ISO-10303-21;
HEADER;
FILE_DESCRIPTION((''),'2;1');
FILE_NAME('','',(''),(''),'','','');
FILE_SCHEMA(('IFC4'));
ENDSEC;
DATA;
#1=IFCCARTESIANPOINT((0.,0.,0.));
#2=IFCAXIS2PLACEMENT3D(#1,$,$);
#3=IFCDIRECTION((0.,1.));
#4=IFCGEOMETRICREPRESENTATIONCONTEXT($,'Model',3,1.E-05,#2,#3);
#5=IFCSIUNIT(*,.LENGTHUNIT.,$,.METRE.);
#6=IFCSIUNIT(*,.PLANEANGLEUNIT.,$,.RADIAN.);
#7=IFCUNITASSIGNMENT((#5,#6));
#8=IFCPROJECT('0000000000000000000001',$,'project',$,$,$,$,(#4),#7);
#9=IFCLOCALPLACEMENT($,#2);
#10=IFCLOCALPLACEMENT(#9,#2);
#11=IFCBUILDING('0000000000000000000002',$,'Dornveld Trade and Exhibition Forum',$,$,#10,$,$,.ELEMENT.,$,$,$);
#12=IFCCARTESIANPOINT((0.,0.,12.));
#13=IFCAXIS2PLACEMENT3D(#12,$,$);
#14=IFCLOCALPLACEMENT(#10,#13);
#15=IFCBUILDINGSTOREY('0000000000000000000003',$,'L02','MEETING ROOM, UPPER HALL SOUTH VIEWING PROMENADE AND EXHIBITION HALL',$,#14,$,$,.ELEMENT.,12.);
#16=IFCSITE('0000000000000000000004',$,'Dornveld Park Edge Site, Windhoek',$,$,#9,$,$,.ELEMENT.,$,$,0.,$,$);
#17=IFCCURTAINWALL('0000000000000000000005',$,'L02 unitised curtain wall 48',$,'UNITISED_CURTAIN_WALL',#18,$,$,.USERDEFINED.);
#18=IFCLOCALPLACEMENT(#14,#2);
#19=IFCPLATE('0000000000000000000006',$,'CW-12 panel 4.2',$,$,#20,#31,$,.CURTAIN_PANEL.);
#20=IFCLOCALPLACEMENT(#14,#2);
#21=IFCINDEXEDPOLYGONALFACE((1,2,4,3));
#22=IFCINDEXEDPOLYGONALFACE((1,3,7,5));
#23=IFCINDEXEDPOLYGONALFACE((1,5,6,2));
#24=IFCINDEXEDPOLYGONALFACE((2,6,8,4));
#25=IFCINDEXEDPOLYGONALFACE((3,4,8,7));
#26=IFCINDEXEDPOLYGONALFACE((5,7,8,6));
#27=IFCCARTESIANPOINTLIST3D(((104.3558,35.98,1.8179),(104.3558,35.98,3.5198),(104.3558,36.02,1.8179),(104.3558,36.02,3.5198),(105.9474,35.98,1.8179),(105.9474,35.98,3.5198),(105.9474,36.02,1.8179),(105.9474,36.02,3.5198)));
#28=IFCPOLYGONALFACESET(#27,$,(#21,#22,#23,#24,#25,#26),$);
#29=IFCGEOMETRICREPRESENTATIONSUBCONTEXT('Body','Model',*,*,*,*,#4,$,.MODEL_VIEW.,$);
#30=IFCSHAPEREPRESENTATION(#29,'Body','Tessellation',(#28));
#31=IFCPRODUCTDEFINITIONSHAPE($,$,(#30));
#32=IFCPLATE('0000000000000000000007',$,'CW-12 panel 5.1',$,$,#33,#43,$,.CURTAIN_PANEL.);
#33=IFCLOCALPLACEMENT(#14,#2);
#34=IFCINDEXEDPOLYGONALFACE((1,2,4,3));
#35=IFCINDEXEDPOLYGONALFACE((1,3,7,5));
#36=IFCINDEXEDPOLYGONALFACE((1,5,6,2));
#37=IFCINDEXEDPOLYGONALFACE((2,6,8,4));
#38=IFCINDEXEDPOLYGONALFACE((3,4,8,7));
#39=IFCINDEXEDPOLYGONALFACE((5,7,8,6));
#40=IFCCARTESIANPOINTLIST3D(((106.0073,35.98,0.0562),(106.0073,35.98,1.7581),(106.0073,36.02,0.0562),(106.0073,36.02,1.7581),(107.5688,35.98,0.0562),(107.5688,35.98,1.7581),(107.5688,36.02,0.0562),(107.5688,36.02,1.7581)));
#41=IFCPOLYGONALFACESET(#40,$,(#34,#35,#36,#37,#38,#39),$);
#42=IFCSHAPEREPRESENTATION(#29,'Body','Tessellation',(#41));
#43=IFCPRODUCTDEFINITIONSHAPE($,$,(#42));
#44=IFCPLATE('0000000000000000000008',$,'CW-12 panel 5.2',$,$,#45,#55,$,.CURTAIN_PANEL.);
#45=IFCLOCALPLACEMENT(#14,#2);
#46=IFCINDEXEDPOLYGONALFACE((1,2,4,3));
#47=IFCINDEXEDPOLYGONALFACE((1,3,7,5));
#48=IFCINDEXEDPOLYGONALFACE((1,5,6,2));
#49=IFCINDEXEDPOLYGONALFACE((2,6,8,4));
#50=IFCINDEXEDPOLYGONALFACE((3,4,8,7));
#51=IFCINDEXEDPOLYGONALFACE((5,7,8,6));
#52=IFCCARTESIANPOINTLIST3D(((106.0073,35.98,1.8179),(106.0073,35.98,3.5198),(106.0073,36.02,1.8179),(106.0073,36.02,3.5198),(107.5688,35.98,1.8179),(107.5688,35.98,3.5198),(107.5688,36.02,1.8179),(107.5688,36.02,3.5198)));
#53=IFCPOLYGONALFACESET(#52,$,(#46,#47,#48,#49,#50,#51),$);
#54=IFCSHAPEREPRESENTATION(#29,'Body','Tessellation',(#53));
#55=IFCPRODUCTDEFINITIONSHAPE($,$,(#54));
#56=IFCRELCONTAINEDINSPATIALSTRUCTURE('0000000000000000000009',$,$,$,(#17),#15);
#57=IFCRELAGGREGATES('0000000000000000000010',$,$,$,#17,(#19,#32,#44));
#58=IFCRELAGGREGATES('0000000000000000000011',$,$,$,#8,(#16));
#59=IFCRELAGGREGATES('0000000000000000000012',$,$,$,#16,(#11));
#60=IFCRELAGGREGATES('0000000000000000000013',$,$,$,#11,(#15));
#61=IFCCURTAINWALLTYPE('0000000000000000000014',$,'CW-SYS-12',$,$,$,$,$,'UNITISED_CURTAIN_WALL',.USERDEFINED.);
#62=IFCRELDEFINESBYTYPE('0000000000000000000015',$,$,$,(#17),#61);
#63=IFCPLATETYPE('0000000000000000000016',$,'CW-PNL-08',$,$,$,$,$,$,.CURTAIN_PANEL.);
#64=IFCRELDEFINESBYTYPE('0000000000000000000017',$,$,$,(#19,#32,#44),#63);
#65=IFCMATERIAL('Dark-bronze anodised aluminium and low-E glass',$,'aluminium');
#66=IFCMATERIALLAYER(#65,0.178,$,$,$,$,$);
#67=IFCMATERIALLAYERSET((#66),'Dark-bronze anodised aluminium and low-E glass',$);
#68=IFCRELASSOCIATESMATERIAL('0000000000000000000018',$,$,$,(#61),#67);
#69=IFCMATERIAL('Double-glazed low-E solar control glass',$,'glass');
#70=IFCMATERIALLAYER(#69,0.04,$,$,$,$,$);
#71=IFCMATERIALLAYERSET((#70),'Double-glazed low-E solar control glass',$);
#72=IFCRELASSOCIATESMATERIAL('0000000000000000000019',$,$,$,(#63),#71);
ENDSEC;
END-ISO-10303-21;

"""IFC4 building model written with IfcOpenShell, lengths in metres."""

from ifc_helpers import new_model, si_unit, direction, frame, origin, origin_2d, place, context, subcontext, project, spatial, rectangle, extrude, material, layer, layer_set, type_object, element, aggregate, save


model = new_model("IFC4")

# Units and contexts
model_context = context("Model", 3, precision=1e-05, world=origin(), true_north=direction((0.0, 1.0)))
body_context = subcontext(model_context, "Body", "Model", "MODEL_VIEW")
ifc_project = project(units=[si_unit("LENGTHUNIT", "METRE"), si_unit("PLANEANGLEUNIT", "RADIAN")], contexts=[model_context])

# Site, building, storey
site_placement = place(None, origin())
site = spatial("IfcSite", under=ifc_project, at=site_placement, Name="Dornveld Park Edge Site, Windhoek", CompositionType="ELEMENT", RefElevation=0.0)
building_placement = place(site_placement, origin())
building = spatial("IfcBuilding", under=site, at=building_placement, Name="Dornveld Trade and Exhibition Forum", CompositionType="ELEMENT")
storey_placement = place(building_placement, frame((0.0, 0.0, 12.0)))
storey = spatial("IfcBuildingStorey", under=building, at=storey_placement, Name="L02", Description="MEETING ROOM, UPPER HALL SOUTH VIEWING PROMENADE AND EXHIBITION HALL", CompositionType="ELEMENT", Elevation=12.0)

# Curtain wall
ifc_material_1 = material(Name="Dark-bronze anodised aluminium and low-E glass", Category="aluminium")
ifc_layer_1 = layer(ifc_material_1, 0.178)
ifc_layer_set_1 = layer_set([ifc_layer_1], Name="Dark-bronze anodised aluminium and low-E glass")
curtain_wall_type_1 = type_object("IfcCurtainWallType", Name="CW-SYS-12", ElementType="UNITISED_CURTAIN_WALL", PredefinedType="USERDEFINED", material=ifc_layer_set_1)
curtain_wall_1_placement = place(storey_placement, origin())
curtain_wall_1 = element("IfcCurtainWall", 1, at=curtain_wall_1_placement, inside=storey, type_object=curtain_wall_type_1, Name="L02 unitised curtain wall 48", ObjectType="UNITISED_CURTAIN_WALL", PredefinedType="USERDEFINED")

# Plates
ifc_material_2 = material(Name="Double-glazed low-E solar control glass", Category="glass")
ifc_layer_2 = layer(ifc_material_2, 0.04)
ifc_layer_set_2 = layer_set([ifc_layer_2], Name="Double-glazed low-E solar control glass")
plate_type_1 = type_object("IfcPlateType", Name="CW-PNL-08", PredefinedType="CURTAIN_PANEL", material=ifc_layer_set_2)
plate_1_placement = place(storey_placement, frame((105.1516, 36.0, 1.8179), z_axis=(0.0, 0.0, 1.0), x_axis=(1.0, 0.0, 0.0)))
plate_1 = element("IfcPlate", 2, at=plate_1_placement, type_object=plate_type_1, Name="CW-12 panel 4.2", PredefinedType="CURTAIN_PANEL", context=body_context, shape_type="SweptSolid", body=[
    extrude(rectangle(XDim=1.5916, YDim=0.04, at=origin_2d()), origin(), (0.0, 0.0, 1.0), 1.7019),
])
plate_2_placement = place(storey_placement, frame((106.7881, 36.0, 0.0562), z_axis=(0.0, 0.0, 1.0), x_axis=(1.0, 0.0, 0.0)))
plate_2 = element("IfcPlate", 3, at=plate_2_placement, type_object=plate_type_1, Name="CW-12 panel 5.1", PredefinedType="CURTAIN_PANEL", context=body_context, shape_type="SweptSolid", body=[
    extrude(rectangle(XDim=1.5615, YDim=0.04, at=origin_2d()), origin(), (0.0, 0.0, 1.0), 1.7019),
])
plate_3_placement = place(storey_placement, frame((106.7881, 36.0, 1.8179), z_axis=(0.0, 0.0, 1.0), x_axis=(1.0, 0.0, 0.0)))
plate_3 = element("IfcPlate", 4, at=plate_3_placement, type_object=plate_type_1, Name="CW-12 panel 5.2", PredefinedType="CURTAIN_PANEL", context=body_context, shape_type="SweptSolid", body=[
    extrude(rectangle(XDim=1.5615, YDim=0.04, at=origin_2d()), origin(), (0.0, 0.0, 1.0), 1.7019),
])
aggregate(curtain_wall_1, [plate_1, plate_2, plate_3])

save(model, "model.ifc")
